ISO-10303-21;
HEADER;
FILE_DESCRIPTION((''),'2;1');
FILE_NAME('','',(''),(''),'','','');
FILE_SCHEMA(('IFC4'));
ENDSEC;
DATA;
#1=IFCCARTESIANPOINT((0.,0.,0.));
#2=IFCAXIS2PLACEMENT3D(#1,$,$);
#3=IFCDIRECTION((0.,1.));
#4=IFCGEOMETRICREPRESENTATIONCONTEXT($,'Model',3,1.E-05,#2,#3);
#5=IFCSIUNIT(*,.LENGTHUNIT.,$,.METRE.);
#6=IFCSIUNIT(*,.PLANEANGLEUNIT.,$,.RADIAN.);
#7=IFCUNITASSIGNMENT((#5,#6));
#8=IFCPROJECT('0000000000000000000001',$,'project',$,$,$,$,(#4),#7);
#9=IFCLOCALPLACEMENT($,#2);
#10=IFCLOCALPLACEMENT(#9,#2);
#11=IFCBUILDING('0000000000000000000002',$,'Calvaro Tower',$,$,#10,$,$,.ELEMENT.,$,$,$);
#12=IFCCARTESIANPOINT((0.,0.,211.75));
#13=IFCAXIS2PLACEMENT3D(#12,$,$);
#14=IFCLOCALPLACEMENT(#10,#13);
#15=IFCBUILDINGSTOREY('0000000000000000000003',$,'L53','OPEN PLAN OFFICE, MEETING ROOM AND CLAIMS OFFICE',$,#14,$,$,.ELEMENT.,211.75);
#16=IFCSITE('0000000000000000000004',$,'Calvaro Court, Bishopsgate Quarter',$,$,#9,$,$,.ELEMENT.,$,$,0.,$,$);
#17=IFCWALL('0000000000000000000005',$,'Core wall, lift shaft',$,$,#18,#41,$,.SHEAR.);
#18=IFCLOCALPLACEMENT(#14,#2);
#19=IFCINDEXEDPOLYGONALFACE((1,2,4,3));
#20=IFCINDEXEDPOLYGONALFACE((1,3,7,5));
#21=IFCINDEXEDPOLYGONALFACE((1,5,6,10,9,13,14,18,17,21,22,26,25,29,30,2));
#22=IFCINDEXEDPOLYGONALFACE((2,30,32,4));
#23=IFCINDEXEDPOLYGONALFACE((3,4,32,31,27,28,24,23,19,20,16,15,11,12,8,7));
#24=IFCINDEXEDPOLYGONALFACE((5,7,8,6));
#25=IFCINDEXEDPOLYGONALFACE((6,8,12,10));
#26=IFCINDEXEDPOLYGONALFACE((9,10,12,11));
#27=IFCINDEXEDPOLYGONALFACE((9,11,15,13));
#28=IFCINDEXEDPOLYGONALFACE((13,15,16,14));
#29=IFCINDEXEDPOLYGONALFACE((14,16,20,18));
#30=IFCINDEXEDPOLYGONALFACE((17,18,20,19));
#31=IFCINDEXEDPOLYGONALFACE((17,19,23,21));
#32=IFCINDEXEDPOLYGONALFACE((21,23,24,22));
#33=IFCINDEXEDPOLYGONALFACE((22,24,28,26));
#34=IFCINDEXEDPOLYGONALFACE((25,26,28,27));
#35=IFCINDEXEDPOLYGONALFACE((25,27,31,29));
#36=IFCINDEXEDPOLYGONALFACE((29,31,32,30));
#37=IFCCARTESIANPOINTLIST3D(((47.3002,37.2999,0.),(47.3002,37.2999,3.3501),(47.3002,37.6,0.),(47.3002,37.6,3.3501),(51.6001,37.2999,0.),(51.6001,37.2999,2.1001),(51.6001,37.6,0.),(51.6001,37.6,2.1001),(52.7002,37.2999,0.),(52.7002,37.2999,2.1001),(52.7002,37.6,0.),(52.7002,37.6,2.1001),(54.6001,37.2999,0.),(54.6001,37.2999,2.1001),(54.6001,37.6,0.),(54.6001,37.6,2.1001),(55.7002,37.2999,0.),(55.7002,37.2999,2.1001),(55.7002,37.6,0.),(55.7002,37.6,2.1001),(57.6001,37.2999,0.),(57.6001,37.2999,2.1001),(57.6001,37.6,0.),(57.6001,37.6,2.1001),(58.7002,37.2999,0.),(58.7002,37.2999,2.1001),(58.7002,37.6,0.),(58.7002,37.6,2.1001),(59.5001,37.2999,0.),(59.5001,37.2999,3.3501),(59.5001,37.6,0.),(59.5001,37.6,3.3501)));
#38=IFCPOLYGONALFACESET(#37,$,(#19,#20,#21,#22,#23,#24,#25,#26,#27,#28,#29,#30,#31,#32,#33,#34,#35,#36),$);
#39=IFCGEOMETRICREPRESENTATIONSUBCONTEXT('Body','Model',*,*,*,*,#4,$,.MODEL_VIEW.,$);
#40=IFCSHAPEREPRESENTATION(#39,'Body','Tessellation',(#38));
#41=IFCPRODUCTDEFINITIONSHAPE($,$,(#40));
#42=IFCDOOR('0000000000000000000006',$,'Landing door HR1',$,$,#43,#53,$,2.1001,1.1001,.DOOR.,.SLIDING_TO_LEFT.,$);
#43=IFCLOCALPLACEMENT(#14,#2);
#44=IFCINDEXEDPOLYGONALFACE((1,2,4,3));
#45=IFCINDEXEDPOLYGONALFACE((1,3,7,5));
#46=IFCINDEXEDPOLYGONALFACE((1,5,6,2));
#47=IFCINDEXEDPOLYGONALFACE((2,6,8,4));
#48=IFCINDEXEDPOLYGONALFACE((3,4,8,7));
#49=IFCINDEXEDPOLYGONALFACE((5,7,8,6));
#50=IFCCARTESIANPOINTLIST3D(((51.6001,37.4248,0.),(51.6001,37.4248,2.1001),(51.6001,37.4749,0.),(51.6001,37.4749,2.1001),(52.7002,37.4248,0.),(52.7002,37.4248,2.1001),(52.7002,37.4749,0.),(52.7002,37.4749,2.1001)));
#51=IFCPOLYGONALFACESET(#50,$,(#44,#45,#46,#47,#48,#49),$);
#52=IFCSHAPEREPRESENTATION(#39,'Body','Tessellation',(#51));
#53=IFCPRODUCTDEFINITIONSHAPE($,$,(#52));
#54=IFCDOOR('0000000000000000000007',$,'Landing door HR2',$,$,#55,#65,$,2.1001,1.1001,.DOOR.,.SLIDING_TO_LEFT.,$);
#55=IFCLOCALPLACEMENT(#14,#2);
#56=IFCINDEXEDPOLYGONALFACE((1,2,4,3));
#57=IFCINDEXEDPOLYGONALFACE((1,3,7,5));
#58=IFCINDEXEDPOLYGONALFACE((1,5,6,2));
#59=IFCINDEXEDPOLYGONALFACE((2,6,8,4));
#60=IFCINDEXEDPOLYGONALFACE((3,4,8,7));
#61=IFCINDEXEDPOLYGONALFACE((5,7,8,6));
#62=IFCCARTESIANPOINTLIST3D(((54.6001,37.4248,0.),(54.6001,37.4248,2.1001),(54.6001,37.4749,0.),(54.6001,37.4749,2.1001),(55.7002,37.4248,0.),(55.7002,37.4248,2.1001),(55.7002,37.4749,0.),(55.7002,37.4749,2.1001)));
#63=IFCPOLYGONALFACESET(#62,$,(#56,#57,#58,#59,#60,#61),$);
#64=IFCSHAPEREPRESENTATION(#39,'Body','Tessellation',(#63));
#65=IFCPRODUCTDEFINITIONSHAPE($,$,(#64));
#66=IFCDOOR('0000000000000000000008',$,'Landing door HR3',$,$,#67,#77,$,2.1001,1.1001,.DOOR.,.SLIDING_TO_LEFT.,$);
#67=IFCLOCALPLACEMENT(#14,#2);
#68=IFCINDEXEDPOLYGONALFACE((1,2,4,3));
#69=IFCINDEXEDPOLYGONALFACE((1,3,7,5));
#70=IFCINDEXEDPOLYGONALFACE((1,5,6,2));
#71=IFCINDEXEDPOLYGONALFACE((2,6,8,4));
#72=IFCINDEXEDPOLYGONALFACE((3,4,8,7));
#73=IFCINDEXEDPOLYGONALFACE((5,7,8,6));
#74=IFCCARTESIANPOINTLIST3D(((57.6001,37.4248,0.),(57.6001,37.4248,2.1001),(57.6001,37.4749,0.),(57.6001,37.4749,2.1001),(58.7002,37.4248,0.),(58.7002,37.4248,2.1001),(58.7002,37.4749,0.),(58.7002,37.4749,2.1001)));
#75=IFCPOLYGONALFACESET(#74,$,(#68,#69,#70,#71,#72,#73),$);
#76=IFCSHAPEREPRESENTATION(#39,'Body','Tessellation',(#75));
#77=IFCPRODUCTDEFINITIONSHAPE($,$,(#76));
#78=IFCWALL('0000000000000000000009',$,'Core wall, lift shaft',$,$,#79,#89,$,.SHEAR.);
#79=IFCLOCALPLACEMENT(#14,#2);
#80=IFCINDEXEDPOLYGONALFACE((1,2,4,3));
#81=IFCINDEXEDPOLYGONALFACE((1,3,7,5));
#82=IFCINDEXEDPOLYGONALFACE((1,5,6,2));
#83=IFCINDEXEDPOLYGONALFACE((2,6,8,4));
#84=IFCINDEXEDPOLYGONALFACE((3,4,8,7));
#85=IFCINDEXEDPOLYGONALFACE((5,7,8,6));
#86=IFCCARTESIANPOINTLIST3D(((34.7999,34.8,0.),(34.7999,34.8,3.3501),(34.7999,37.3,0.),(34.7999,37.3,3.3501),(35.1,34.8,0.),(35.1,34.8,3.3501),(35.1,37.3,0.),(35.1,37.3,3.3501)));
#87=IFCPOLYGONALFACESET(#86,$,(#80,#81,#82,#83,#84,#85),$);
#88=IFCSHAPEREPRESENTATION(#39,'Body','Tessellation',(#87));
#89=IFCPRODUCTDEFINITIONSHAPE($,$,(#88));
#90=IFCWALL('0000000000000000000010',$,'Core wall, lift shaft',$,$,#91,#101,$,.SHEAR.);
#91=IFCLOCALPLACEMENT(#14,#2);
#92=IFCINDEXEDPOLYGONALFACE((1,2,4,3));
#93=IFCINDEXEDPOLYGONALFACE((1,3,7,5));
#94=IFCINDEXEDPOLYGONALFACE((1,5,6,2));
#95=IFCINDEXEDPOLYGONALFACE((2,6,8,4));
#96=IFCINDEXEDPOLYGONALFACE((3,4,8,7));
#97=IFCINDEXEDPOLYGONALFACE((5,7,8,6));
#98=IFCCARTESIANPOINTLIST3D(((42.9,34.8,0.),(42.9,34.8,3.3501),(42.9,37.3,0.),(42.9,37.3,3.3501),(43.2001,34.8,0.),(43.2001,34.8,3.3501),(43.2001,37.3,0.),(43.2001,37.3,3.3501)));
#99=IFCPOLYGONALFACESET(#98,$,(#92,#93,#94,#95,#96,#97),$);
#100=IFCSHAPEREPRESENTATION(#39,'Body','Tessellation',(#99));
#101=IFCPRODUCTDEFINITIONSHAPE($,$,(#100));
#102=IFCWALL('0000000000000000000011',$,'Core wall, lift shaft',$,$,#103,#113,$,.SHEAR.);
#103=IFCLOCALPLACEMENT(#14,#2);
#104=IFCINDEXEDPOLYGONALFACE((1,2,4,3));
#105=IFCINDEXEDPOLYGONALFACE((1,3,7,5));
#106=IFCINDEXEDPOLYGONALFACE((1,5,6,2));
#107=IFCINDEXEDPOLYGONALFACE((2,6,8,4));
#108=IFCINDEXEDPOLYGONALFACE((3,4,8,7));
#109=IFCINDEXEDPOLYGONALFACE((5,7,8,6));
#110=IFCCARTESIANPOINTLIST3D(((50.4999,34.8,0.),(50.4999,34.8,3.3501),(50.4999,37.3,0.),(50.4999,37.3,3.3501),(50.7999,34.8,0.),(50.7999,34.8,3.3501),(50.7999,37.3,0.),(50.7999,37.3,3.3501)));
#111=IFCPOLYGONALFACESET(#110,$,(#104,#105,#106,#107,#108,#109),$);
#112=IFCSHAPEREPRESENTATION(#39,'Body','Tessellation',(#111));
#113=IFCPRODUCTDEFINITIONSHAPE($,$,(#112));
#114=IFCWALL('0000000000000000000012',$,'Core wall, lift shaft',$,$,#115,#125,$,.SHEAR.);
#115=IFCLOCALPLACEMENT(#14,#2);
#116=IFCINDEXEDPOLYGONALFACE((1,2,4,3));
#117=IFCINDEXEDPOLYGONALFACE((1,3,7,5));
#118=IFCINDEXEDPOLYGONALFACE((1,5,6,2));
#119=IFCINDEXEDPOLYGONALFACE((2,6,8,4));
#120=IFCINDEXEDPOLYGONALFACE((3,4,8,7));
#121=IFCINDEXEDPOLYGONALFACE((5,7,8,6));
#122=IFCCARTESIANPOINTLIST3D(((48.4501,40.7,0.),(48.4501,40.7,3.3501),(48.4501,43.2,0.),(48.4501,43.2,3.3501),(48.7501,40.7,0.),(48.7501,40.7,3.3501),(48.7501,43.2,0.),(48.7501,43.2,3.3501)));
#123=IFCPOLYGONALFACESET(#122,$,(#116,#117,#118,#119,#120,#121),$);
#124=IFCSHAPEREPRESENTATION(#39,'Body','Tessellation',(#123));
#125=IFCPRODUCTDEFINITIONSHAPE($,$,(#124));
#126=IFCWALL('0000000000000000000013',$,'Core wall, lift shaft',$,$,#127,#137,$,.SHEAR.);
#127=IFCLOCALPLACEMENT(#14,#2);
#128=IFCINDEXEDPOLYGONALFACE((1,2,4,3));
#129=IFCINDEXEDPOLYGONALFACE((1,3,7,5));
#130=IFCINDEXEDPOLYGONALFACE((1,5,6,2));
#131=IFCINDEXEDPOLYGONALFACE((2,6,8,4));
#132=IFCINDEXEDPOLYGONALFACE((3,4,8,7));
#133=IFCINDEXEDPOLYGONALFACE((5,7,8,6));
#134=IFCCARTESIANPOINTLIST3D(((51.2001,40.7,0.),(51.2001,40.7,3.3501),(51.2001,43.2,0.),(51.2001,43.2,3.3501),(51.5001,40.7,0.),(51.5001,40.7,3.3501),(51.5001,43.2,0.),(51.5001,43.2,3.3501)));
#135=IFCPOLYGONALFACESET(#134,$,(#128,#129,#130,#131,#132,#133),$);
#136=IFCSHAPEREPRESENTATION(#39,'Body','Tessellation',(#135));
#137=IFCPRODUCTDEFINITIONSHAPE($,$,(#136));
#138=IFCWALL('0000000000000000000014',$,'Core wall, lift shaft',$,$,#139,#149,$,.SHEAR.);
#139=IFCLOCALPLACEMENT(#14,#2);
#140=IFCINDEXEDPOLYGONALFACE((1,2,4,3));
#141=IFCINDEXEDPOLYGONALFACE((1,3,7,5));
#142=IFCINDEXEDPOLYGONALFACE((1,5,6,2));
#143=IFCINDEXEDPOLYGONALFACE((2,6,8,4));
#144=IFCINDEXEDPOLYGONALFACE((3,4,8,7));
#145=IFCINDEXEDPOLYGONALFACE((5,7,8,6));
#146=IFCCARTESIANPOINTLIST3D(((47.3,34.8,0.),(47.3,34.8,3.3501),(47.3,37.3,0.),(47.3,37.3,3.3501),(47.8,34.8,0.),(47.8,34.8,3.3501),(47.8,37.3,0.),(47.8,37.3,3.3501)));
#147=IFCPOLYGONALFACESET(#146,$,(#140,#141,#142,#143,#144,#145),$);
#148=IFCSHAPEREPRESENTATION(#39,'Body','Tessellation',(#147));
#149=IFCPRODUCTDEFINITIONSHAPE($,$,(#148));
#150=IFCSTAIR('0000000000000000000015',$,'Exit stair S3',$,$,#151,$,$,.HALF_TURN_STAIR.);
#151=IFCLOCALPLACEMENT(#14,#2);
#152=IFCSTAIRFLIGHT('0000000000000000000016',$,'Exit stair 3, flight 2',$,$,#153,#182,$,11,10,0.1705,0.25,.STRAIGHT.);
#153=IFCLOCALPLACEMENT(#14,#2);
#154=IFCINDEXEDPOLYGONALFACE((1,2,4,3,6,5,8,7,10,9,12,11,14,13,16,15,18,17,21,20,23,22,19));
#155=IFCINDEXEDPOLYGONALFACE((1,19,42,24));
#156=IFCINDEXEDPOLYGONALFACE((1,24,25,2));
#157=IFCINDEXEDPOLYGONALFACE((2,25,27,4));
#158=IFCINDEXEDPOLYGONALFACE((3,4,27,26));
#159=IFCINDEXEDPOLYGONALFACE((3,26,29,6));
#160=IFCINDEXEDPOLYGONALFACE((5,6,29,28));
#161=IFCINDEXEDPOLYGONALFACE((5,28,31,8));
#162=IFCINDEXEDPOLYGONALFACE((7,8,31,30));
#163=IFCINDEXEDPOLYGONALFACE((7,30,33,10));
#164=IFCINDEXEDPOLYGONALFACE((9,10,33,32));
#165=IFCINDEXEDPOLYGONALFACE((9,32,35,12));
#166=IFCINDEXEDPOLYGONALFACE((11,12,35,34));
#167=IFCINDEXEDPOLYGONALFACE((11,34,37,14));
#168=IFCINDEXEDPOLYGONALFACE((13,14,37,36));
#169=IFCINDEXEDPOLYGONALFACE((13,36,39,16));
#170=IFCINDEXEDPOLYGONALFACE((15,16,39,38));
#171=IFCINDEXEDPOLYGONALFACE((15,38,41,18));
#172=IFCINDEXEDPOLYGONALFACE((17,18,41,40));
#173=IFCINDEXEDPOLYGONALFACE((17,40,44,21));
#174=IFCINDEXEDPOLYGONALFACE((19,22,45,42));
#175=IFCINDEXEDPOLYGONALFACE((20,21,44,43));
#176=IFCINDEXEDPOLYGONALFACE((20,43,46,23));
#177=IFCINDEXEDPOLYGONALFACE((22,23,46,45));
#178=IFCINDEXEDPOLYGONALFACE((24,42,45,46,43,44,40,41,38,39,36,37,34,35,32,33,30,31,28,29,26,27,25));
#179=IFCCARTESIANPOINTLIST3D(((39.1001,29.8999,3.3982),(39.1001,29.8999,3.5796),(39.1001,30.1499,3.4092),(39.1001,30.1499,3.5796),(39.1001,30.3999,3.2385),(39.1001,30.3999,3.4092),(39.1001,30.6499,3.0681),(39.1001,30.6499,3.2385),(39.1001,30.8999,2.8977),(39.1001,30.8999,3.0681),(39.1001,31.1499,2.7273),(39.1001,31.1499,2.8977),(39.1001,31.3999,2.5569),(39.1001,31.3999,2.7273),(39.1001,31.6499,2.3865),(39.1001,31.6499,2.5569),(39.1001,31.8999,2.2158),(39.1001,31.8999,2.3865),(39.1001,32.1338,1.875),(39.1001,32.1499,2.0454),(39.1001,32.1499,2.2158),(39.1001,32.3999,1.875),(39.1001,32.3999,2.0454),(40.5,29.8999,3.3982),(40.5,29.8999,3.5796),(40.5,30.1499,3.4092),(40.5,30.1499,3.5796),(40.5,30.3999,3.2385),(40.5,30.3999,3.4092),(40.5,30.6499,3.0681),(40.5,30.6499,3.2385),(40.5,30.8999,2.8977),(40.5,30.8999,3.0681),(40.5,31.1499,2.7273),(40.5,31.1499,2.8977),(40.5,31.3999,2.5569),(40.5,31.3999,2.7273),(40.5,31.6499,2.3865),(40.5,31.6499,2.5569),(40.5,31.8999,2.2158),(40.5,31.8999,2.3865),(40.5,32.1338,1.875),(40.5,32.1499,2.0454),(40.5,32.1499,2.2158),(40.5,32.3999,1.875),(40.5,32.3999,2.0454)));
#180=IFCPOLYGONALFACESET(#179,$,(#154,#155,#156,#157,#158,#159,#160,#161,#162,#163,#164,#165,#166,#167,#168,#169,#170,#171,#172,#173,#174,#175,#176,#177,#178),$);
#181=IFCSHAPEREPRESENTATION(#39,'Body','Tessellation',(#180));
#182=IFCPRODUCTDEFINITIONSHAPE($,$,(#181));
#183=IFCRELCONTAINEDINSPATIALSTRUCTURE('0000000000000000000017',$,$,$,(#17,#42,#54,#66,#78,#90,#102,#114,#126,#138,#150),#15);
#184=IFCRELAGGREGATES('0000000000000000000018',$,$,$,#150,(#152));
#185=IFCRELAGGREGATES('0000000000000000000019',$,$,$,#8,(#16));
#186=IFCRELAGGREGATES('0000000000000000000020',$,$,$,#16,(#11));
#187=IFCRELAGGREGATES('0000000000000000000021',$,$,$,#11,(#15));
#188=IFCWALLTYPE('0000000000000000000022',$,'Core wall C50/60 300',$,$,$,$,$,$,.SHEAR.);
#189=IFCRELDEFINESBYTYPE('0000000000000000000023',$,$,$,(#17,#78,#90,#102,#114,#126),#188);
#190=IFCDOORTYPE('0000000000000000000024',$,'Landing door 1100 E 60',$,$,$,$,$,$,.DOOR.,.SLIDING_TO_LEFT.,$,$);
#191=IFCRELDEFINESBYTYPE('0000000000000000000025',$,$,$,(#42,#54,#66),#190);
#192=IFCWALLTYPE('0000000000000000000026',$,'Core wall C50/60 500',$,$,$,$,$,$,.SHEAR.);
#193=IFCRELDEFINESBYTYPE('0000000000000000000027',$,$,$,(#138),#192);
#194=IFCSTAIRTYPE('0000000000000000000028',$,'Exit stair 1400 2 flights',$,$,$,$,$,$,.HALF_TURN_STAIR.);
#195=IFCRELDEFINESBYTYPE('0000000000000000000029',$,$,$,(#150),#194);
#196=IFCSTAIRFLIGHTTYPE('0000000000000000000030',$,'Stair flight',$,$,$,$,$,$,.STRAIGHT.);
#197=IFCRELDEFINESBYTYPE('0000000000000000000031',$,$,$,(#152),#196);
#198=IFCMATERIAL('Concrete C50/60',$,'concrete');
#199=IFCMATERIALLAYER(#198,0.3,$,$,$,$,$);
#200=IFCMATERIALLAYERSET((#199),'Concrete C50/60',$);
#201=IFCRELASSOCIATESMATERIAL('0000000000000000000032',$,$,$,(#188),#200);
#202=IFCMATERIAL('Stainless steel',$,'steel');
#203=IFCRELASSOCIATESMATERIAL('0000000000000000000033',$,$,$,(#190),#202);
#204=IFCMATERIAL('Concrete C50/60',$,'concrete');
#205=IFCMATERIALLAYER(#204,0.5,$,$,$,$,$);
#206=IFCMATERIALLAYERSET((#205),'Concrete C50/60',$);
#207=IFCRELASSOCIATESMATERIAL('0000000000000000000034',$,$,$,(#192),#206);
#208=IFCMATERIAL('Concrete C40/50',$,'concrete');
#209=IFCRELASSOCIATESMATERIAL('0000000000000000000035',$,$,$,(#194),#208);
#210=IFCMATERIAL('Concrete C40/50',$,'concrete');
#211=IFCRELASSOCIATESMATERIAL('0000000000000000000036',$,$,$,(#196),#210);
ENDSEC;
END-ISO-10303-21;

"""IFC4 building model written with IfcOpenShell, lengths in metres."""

from ifc_helpers import new_model, si_unit, direction, frame, frame_2d, origin, place, context, subcontext, project, spatial, polyline, rectangle, outline, extrude, material, layer, layer_set, type_object, element, fill, aggregate, save


model = new_model("IFC4")

# Units and contexts
model_context = context("Model", 3, precision=1e-05, world=origin(), true_north=direction((0.0, 1.0)))
body_context = subcontext(model_context, "Body", "Model", "MODEL_VIEW")
ifc_project = project(units=[si_unit("LENGTHUNIT", "METRE"), si_unit("PLANEANGLEUNIT", "RADIAN")], contexts=[model_context])

# Site, building, storey
site_placement = place(None, origin())
site = spatial("IfcSite", under=ifc_project, at=site_placement, Name="Calvaro Court, Bishopsgate Quarter", CompositionType="ELEMENT", RefElevation=0.0)
building_placement = place(site_placement, origin())
building = spatial("IfcBuilding", under=site, at=building_placement, Name="Calvaro Tower", CompositionType="ELEMENT")
storey_placement = place(building_placement, frame((0.0, 0.0, 211.75)))
storey = spatial("IfcBuildingStorey", under=building, at=storey_placement, Name="L53", Description="OPEN PLAN OFFICE, MEETING ROOM AND CLAIMS OFFICE", CompositionType="ELEMENT", Elevation=211.75)

# Shared definitions
ifc_material_1 = material(Name="Concrete C50/60", Category="concrete")
ifc_layer_1 = layer(ifc_material_1, 0.3)
ifc_layer_set_1 = layer_set([ifc_layer_1], Name="Concrete C50/60")
wall_type_1 = type_object("IfcWallType", Name="Core wall C50/60 300", PredefinedType="SHEAR", material=ifc_layer_set_1)
ifc_material_2 = material(Name="Stainless steel", Category="steel")
door_type_1 = type_object("IfcDoorType", Name="Landing door 1100 E 60", OperationType="SLIDING_TO_LEFT", PredefinedType="DOOR", material=ifc_material_2)

# Wall, openings, doors
wall_1_placement = place(storey_placement, frame((47.3, 37.45, 0.0), z_axis=(0.0, 0.0, 1.0), x_axis=(1.0, 0.0, 0.0)))
wall_1 = element("IfcWall", 1, at=wall_1_placement, inside=storey, type_object=wall_type_1, Name="Core wall, lift shaft", PredefinedType="SHEAR", context=body_context, shape_type="SweptSolid", body=[
    extrude(rectangle(XDim=12.2, YDim=0.3, at=frame_2d((6.1001, 0.0))), origin(), (0.0, 0.0, 1.0), 3.3501),
])
opening_1_placement = place(wall_1_placement, frame((4.3, 0.0, 0.0)))
opening_1 = element("IfcOpeningElement", 2, at=opening_1_placement, cuts=wall_1, PredefinedType="OPENING", context=body_context, shape_type="SweptSolid", body=[
    extrude(rectangle(XDim=1.1001, YDim=2.1001, at=frame_2d((0.55, 1.05))), frame((0.0, 0.1599, 0.0), z_axis=(0.0, -1.0, 0.0), x_axis=(1.0, 0.0, 0.0)), (0.0, 0.0, 1.0), 0.3201),
])
opening_2_placement = place(wall_1_placement, frame((7.3, 0.0, 0.0)))
opening_2 = element("IfcOpeningElement", 3, at=opening_2_placement, cuts=wall_1, PredefinedType="OPENING", context=body_context, shape_type="SweptSolid", body=[
    extrude(rectangle(XDim=1.1001, YDim=2.1001, at=frame_2d((0.55, 1.05))), frame((0.0, 0.1599, 0.0), z_axis=(0.0, -1.0, 0.0), x_axis=(1.0, 0.0, 0.0)), (0.0, 0.0, 1.0), 0.3201),
])
opening_3_placement = place(wall_1_placement, frame((10.3, 0.0, 0.0)))
opening_3 = element("IfcOpeningElement", 4, at=opening_3_placement, cuts=wall_1, PredefinedType="OPENING", context=body_context, shape_type="SweptSolid", body=[
    extrude(rectangle(XDim=1.1001, YDim=2.1001, at=frame_2d((0.55, 1.05))), frame((0.0, 0.1599, 0.0), z_axis=(0.0, -1.0, 0.0), x_axis=(1.0, 0.0, 0.0)), (0.0, 0.0, 1.0), 0.3201),
])
door_1_placement = place(opening_1_placement, origin())
door_1 = element("IfcDoor", 5, at=door_1_placement, inside=storey, type_object=door_type_1, Name="Landing door HR1", OperationType="SLIDING_TO_LEFT", OverallHeight=2.1001, OverallWidth=1.1001, PredefinedType="DOOR", context=body_context, shape_type="SweptSolid", body=[
    extrude(rectangle(XDim=1.1001, YDim=2.1001, at=frame_2d((0.55, 1.05))), frame((0.0, 0.0249, 0.0), z_axis=(0.0, -1.0, 0.0), x_axis=(1.0, 0.0, 0.0)), (0.0, 0.0, 1.0), 0.05),
])
fill(opening_1, door_1)
door_2_placement = place(opening_2_placement, origin())
door_2 = element("IfcDoor", 6, at=door_2_placement, inside=storey, type_object=door_type_1, Name="Landing door HR2", OperationType="SLIDING_TO_LEFT", OverallHeight=2.1001, OverallWidth=1.1001, PredefinedType="DOOR", context=body_context, shape_type="SweptSolid", body=[
    extrude(rectangle(XDim=1.1001, YDim=2.1001, at=frame_2d((0.55, 1.05))), frame((0.0, 0.0249, 0.0), z_axis=(0.0, -1.0, 0.0), x_axis=(1.0, 0.0, 0.0)), (0.0, 0.0, 1.0), 0.05),
])
fill(opening_2, door_2)
door_3_placement = place(opening_3_placement, origin())
door_3 = element("IfcDoor", 7, at=door_3_placement, inside=storey, type_object=door_type_1, Name="Landing door HR3", OperationType="SLIDING_TO_LEFT", OverallHeight=2.1001, OverallWidth=1.1001, PredefinedType="DOOR", context=body_context, shape_type="SweptSolid", body=[
    extrude(rectangle(XDim=1.1001, YDim=2.1001, at=frame_2d((0.55, 1.05))), frame((0.0, 0.0249, 0.0), z_axis=(0.0, -1.0, 0.0), x_axis=(1.0, 0.0, 0.0)), (0.0, 0.0, 1.0), 0.05),
])
fill(opening_3, door_3)

# Walls
for number, where, z_axis, x_axis, name in (
    (8, (34.95, 34.8, 0.0), (0.0, 0.0, 1.0), (0.0, 1.0, 0.0), "Core wall, lift shaft"),
    (9, (43.05, 34.8, 0.0), (0.0, 0.0, 1.0), (0.0, 1.0, 0.0), "Core wall, lift shaft"),
    (10, (50.6499, 34.8, 0.0), (0.0, 0.0, 1.0), (0.0, 1.0, 0.0), "Core wall, lift shaft"),
    (11, (48.6001, 40.7, 0.0), (0.0, 0.0, 1.0), (0.0, 1.0, 0.0), "Core wall, lift shaft"),
    (12, (51.3501, 40.7, 0.0), (0.0, 0.0, 1.0), (0.0, 1.0, 0.0), "Core wall, lift shaft"),
):
    element("IfcWall", number, at=place(storey_placement, frame(where, z_axis=z_axis, x_axis=x_axis)), inside=storey, type_object=wall_type_1, Name=name, PredefinedType="SHEAR", context=body_context, shape_type="SweptSolid", body=[
        extrude(rectangle(XDim=2.5, YDim=0.3, at=frame_2d((1.25, 0.0))), origin(), (0.0, 0.0, 1.0), 3.3501),
    ])
ifc_material_3 = material(Name="Concrete C50/60", Category="concrete")
ifc_layer_2 = layer(ifc_material_3, 0.5)
ifc_layer_set_2 = layer_set([ifc_layer_2], Name="Concrete C50/60")
wall_type_2 = type_object("IfcWallType", Name="Core wall C50/60 500", PredefinedType="SHEAR", material=ifc_layer_set_2)
wall_2_placement = place(storey_placement, frame((47.55, 34.8, 0.0), z_axis=(0.0, 0.0, 1.0), x_axis=(0.0, 1.0, 0.0)))
element("IfcWall", 13, at=wall_2_placement, inside=storey, type_object=wall_type_2, Name="Core wall, lift shaft", PredefinedType="SHEAR", context=body_context, shape_type="SweptSolid", body=[
    extrude(rectangle(XDim=2.5, YDim=0.5, at=frame_2d((1.25, 0.0))), origin(), (0.0, 0.0, 1.0), 3.3501),
])

# Stair, stair flight
ifc_material_4 = material(Name="Concrete C40/50", Category="concrete")
stair_type = type_object("IfcStairType", Name="Exit stair 1400 2 flights", PredefinedType="HALF_TURN_STAIR", material=ifc_material_4)
stair_1_placement = place(storey_placement, origin())
stair_1 = element("IfcStair", 14, at=stair_1_placement, inside=storey, type_object=stair_type, Name="Exit stair S3", PredefinedType="HALF_TURN_STAIR")
ifc_material_5 = material(Name="Concrete C40/50", Category="concrete")
stair_flight_type = type_object("IfcStairFlightType", Name="Stair flight", PredefinedType="STRAIGHT", material=ifc_material_5)
stair_flight_1_placement = place(storey_placement, frame((39.8, 32.3999, 1.875), z_axis=(0.0, 0.0, 1.0), x_axis=(0.0, -1.0, 0.0)))
stair_flight_1 = element("IfcStairFlight", 15, at=stair_flight_1_placement, type_object=stair_flight_type, Name="Exit stair 3, flight 2", NumberOfRisers=11, NumberOfTreads=10, PredefinedType="STRAIGHT", RiserHeight=0.1705, TreadLength=0.25, context=body_context, shape_type="SweptSolid", body=[
    extrude(outline(polyline([(0.0, 0.0), (0.0, 0.1704), (0.25, 0.1704), (0.25, 0.3408), (0.5, 0.3408), (0.5, 0.5115), (0.75, 0.5115), (0.75, 0.6819), (1.0, 0.6819), (1.0, 0.8523), (1.25, 0.8523), (1.25, 1.0227), (1.5, 1.0227), (1.5, 1.1931), (1.75, 1.1931), (1.75, 1.3635), (2.0, 1.3635), (2.0, 1.5342), (2.25, 1.5342), (2.25, 1.7046), (2.5, 1.7046), (2.5, 1.875), (2.5, 1.5232), (0.2661, 0.0), (0.0, 0.0)])), frame((0.0, 0.7, 0.0), z_axis=(0.0, -1.0, 0.0), x_axis=(1.0, 0.0, 0.0)), (0.0, 0.0, 1.0), 1.3999),
])

aggregate(stair_1, [stair_flight_1])

save(model, "model.ifc")
